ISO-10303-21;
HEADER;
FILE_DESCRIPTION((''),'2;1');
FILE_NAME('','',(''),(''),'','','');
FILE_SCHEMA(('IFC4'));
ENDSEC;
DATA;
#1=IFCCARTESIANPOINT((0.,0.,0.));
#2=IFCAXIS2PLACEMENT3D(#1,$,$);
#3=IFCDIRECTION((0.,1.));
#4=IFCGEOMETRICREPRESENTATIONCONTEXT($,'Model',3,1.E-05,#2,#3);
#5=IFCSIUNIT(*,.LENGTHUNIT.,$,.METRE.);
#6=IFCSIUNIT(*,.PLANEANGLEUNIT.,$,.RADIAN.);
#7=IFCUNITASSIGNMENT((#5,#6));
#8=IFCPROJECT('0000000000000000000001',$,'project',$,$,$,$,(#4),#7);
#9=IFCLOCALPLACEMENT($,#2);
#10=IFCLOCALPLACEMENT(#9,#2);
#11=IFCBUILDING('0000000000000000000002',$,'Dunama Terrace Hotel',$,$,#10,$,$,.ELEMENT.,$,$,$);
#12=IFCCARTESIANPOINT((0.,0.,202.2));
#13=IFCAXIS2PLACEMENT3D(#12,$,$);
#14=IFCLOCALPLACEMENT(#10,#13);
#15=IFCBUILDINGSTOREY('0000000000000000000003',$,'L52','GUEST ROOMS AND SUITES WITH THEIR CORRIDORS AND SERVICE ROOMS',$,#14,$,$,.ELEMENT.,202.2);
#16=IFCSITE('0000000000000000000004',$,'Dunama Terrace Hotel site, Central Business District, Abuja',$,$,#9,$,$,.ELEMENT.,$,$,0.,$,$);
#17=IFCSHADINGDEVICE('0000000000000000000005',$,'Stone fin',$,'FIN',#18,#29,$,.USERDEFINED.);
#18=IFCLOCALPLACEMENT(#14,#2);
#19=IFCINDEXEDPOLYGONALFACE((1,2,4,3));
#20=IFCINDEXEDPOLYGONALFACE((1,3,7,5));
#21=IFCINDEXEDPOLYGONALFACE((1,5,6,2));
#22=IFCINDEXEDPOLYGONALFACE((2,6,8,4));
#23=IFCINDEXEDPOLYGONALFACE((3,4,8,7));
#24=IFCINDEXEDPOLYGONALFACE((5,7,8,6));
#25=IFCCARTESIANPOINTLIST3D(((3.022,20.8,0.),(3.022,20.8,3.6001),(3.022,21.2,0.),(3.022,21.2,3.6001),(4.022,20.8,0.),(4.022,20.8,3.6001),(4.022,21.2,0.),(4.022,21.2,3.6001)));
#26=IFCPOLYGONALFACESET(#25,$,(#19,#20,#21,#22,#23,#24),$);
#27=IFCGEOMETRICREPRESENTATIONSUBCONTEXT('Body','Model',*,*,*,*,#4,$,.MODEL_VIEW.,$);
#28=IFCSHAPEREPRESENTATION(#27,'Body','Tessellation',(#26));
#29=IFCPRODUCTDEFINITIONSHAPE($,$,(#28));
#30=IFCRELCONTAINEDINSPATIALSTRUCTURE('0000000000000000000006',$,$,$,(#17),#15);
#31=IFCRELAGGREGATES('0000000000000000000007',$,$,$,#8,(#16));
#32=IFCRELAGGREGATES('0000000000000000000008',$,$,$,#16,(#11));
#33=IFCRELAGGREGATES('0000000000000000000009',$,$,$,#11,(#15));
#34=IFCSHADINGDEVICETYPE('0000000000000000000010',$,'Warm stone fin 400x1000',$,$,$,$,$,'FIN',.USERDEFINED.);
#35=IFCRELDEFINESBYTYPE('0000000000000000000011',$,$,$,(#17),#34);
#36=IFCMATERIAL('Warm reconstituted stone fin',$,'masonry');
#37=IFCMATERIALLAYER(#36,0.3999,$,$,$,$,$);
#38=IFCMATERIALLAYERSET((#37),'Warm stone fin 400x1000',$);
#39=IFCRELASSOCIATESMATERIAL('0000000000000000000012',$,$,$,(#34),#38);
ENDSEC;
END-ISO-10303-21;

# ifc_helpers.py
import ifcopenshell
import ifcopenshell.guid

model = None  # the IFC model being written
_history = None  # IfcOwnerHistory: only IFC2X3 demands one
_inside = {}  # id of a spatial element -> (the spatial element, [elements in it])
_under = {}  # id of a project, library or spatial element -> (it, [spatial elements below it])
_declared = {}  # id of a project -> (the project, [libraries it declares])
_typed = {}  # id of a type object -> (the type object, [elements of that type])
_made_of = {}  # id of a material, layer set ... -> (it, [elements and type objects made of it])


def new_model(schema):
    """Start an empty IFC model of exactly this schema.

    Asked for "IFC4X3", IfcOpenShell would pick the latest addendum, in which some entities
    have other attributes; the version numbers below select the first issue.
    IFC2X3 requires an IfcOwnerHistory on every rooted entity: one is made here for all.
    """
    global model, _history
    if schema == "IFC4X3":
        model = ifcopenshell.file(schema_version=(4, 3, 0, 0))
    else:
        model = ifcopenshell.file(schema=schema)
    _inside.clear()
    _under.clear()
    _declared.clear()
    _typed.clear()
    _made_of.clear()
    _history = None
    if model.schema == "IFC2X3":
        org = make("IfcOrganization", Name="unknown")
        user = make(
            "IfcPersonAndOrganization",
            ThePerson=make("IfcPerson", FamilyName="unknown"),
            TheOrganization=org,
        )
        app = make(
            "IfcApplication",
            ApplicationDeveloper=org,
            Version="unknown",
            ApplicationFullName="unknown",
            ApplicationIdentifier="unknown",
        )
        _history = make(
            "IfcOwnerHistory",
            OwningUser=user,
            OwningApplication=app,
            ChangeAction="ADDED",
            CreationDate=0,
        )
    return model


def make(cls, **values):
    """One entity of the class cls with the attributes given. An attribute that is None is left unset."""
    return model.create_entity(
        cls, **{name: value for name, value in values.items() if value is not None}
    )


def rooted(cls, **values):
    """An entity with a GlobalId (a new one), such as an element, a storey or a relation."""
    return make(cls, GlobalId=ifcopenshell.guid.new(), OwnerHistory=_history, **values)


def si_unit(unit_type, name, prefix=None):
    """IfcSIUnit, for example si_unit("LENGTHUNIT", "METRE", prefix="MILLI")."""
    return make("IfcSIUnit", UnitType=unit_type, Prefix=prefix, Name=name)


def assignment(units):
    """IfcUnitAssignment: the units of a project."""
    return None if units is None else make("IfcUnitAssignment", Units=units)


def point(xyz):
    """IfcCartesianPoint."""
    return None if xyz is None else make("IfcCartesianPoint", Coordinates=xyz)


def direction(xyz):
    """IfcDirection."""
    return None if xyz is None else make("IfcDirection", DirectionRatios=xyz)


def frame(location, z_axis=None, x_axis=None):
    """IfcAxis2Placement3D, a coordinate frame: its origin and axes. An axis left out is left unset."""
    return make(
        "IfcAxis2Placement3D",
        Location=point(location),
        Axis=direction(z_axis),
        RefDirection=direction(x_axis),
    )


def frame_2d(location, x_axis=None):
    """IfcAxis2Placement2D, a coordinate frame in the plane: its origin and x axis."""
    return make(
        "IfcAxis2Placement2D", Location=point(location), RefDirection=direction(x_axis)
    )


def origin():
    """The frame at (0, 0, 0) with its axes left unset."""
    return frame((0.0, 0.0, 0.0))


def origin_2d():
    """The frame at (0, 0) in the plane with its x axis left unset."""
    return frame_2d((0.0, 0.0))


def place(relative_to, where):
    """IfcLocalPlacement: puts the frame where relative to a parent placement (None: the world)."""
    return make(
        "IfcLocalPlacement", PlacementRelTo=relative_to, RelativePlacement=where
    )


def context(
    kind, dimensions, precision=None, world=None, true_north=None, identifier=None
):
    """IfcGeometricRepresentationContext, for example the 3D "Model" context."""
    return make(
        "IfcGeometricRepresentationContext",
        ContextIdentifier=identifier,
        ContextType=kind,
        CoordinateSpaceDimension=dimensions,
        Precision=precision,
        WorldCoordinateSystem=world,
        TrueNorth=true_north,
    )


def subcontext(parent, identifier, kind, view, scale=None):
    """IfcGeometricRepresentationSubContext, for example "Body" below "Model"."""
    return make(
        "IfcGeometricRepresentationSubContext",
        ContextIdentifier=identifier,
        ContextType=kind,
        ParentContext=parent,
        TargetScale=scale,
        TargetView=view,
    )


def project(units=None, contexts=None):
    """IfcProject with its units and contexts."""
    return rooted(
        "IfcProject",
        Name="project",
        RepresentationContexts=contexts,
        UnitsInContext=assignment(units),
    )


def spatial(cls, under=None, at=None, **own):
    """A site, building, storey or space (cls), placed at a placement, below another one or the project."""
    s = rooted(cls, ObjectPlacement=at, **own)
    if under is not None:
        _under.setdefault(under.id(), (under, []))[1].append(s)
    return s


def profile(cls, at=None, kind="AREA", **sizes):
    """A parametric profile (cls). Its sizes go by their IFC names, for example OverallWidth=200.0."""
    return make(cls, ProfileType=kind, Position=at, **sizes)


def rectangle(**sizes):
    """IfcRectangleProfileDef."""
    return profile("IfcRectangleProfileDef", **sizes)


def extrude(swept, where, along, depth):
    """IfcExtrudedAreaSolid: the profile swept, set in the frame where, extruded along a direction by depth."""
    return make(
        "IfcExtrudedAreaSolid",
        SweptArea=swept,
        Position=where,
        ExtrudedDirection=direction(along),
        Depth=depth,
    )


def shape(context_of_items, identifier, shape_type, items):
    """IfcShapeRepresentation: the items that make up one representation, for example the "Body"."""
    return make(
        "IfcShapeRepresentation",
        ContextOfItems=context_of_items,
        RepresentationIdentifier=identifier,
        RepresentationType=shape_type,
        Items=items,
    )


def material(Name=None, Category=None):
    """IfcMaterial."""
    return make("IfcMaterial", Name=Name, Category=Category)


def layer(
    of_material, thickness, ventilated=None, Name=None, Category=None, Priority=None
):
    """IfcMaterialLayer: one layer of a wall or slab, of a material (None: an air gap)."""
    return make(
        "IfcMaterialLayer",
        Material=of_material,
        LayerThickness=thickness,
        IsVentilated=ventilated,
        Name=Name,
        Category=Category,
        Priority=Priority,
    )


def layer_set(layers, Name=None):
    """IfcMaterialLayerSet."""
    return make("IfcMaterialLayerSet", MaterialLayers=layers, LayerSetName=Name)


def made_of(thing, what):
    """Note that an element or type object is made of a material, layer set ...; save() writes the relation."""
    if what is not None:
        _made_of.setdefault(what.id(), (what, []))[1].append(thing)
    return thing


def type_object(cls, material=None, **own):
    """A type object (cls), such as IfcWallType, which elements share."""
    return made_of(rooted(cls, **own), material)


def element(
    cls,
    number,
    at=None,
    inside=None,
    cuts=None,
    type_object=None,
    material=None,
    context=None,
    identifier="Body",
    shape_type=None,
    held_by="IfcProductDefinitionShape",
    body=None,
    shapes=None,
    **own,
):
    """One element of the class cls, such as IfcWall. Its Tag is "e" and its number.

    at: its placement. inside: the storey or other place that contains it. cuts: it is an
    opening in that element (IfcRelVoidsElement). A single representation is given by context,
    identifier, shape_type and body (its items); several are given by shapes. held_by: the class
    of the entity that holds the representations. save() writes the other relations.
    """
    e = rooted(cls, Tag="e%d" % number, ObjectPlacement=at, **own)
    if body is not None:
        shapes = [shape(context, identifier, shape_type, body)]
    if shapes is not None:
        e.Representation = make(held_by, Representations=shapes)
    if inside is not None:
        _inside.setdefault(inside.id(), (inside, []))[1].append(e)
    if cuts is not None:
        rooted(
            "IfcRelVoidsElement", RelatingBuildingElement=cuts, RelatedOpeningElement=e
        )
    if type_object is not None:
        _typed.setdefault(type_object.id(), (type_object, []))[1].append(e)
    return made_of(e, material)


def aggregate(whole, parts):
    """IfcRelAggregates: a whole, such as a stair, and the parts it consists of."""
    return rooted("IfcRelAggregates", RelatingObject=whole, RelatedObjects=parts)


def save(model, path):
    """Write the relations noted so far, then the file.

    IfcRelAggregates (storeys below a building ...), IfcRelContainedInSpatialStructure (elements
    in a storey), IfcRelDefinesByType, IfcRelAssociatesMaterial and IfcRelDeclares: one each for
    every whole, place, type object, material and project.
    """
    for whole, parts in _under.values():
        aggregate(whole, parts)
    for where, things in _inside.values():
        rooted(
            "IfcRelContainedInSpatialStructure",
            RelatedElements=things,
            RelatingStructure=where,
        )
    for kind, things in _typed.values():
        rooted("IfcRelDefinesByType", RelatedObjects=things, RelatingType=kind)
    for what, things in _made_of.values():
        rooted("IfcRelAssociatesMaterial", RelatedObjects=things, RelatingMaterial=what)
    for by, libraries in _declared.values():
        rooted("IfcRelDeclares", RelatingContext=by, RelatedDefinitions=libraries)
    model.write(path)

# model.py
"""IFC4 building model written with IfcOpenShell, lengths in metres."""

from ifc_helpers import new_model, si_unit, direction, frame, origin, origin_2d, place, context, subcontext, project, spatial, rectangle, extrude, material, layer, layer_set, type_object, element, save


model = new_model("IFC4")

# Units and contexts
model_context = context("Model", 3, precision=1e-05, world=origin(), true_north=direction((0.0, 1.0)))
body_context = subcontext(model_context, "Body", "Model", "MODEL_VIEW")
ifc_project = project(units=[si_unit("LENGTHUNIT", "METRE"), si_unit("PLANEANGLEUNIT", "RADIAN")], contexts=[model_context])

# Site, building, storey
site_placement = place(None, origin())
site = spatial("IfcSite", under=ifc_project, at=site_placement, Name="Dunama Terrace Hotel site, Central Business District, Abuja", CompositionType="ELEMENT", RefElevation=0.0)
building_placement = place(site_placement, origin())
building = spatial("IfcBuilding", under=site, at=building_placement, Name="Dunama Terrace Hotel", CompositionType="ELEMENT")
storey_placement = place(building_placement, frame((0.0, 0.0, 202.2)))
storey = spatial("IfcBuildingStorey", under=building, at=storey_placement, Name="L52", Description="GUEST ROOMS AND SUITES WITH THEIR CORRIDORS AND SERVICE ROOMS", CompositionType="ELEMENT", Elevation=202.2)

# Shading device
ifc_material_1 = material(Name="Warm reconstituted stone fin", Category="masonry")
ifc_layer_1 = layer(ifc_material_1, 0.3999)
ifc_layer_set_1 = layer_set([ifc_layer_1], Name="Warm stone fin 400x1000")
shading_device_type = type_object("IfcShadingDeviceType", Name="Warm stone fin 400x1000", ElementType="FIN", PredefinedType="USERDEFINED", material=ifc_layer_set_1)
shading_device_placement = place(storey_placement, frame((3.522, 21.0, 0.0), z_axis=(0.0, 0.0, 1.0), x_axis=(0.0, -1.0, 0.0)))
element("IfcShadingDevice", 1, at=shading_device_placement, inside=storey, type_object=shading_device_type, Name="Stone fin", ObjectType="FIN", PredefinedType="USERDEFINED", context=body_context, shape_type="SweptSolid", body=[
    extrude(rectangle(XDim=0.3999, YDim=1.0, at=origin_2d()), origin(), (0.0, 0.0, 1.0), 3.6001),
])

save(model, "model.ifc")
